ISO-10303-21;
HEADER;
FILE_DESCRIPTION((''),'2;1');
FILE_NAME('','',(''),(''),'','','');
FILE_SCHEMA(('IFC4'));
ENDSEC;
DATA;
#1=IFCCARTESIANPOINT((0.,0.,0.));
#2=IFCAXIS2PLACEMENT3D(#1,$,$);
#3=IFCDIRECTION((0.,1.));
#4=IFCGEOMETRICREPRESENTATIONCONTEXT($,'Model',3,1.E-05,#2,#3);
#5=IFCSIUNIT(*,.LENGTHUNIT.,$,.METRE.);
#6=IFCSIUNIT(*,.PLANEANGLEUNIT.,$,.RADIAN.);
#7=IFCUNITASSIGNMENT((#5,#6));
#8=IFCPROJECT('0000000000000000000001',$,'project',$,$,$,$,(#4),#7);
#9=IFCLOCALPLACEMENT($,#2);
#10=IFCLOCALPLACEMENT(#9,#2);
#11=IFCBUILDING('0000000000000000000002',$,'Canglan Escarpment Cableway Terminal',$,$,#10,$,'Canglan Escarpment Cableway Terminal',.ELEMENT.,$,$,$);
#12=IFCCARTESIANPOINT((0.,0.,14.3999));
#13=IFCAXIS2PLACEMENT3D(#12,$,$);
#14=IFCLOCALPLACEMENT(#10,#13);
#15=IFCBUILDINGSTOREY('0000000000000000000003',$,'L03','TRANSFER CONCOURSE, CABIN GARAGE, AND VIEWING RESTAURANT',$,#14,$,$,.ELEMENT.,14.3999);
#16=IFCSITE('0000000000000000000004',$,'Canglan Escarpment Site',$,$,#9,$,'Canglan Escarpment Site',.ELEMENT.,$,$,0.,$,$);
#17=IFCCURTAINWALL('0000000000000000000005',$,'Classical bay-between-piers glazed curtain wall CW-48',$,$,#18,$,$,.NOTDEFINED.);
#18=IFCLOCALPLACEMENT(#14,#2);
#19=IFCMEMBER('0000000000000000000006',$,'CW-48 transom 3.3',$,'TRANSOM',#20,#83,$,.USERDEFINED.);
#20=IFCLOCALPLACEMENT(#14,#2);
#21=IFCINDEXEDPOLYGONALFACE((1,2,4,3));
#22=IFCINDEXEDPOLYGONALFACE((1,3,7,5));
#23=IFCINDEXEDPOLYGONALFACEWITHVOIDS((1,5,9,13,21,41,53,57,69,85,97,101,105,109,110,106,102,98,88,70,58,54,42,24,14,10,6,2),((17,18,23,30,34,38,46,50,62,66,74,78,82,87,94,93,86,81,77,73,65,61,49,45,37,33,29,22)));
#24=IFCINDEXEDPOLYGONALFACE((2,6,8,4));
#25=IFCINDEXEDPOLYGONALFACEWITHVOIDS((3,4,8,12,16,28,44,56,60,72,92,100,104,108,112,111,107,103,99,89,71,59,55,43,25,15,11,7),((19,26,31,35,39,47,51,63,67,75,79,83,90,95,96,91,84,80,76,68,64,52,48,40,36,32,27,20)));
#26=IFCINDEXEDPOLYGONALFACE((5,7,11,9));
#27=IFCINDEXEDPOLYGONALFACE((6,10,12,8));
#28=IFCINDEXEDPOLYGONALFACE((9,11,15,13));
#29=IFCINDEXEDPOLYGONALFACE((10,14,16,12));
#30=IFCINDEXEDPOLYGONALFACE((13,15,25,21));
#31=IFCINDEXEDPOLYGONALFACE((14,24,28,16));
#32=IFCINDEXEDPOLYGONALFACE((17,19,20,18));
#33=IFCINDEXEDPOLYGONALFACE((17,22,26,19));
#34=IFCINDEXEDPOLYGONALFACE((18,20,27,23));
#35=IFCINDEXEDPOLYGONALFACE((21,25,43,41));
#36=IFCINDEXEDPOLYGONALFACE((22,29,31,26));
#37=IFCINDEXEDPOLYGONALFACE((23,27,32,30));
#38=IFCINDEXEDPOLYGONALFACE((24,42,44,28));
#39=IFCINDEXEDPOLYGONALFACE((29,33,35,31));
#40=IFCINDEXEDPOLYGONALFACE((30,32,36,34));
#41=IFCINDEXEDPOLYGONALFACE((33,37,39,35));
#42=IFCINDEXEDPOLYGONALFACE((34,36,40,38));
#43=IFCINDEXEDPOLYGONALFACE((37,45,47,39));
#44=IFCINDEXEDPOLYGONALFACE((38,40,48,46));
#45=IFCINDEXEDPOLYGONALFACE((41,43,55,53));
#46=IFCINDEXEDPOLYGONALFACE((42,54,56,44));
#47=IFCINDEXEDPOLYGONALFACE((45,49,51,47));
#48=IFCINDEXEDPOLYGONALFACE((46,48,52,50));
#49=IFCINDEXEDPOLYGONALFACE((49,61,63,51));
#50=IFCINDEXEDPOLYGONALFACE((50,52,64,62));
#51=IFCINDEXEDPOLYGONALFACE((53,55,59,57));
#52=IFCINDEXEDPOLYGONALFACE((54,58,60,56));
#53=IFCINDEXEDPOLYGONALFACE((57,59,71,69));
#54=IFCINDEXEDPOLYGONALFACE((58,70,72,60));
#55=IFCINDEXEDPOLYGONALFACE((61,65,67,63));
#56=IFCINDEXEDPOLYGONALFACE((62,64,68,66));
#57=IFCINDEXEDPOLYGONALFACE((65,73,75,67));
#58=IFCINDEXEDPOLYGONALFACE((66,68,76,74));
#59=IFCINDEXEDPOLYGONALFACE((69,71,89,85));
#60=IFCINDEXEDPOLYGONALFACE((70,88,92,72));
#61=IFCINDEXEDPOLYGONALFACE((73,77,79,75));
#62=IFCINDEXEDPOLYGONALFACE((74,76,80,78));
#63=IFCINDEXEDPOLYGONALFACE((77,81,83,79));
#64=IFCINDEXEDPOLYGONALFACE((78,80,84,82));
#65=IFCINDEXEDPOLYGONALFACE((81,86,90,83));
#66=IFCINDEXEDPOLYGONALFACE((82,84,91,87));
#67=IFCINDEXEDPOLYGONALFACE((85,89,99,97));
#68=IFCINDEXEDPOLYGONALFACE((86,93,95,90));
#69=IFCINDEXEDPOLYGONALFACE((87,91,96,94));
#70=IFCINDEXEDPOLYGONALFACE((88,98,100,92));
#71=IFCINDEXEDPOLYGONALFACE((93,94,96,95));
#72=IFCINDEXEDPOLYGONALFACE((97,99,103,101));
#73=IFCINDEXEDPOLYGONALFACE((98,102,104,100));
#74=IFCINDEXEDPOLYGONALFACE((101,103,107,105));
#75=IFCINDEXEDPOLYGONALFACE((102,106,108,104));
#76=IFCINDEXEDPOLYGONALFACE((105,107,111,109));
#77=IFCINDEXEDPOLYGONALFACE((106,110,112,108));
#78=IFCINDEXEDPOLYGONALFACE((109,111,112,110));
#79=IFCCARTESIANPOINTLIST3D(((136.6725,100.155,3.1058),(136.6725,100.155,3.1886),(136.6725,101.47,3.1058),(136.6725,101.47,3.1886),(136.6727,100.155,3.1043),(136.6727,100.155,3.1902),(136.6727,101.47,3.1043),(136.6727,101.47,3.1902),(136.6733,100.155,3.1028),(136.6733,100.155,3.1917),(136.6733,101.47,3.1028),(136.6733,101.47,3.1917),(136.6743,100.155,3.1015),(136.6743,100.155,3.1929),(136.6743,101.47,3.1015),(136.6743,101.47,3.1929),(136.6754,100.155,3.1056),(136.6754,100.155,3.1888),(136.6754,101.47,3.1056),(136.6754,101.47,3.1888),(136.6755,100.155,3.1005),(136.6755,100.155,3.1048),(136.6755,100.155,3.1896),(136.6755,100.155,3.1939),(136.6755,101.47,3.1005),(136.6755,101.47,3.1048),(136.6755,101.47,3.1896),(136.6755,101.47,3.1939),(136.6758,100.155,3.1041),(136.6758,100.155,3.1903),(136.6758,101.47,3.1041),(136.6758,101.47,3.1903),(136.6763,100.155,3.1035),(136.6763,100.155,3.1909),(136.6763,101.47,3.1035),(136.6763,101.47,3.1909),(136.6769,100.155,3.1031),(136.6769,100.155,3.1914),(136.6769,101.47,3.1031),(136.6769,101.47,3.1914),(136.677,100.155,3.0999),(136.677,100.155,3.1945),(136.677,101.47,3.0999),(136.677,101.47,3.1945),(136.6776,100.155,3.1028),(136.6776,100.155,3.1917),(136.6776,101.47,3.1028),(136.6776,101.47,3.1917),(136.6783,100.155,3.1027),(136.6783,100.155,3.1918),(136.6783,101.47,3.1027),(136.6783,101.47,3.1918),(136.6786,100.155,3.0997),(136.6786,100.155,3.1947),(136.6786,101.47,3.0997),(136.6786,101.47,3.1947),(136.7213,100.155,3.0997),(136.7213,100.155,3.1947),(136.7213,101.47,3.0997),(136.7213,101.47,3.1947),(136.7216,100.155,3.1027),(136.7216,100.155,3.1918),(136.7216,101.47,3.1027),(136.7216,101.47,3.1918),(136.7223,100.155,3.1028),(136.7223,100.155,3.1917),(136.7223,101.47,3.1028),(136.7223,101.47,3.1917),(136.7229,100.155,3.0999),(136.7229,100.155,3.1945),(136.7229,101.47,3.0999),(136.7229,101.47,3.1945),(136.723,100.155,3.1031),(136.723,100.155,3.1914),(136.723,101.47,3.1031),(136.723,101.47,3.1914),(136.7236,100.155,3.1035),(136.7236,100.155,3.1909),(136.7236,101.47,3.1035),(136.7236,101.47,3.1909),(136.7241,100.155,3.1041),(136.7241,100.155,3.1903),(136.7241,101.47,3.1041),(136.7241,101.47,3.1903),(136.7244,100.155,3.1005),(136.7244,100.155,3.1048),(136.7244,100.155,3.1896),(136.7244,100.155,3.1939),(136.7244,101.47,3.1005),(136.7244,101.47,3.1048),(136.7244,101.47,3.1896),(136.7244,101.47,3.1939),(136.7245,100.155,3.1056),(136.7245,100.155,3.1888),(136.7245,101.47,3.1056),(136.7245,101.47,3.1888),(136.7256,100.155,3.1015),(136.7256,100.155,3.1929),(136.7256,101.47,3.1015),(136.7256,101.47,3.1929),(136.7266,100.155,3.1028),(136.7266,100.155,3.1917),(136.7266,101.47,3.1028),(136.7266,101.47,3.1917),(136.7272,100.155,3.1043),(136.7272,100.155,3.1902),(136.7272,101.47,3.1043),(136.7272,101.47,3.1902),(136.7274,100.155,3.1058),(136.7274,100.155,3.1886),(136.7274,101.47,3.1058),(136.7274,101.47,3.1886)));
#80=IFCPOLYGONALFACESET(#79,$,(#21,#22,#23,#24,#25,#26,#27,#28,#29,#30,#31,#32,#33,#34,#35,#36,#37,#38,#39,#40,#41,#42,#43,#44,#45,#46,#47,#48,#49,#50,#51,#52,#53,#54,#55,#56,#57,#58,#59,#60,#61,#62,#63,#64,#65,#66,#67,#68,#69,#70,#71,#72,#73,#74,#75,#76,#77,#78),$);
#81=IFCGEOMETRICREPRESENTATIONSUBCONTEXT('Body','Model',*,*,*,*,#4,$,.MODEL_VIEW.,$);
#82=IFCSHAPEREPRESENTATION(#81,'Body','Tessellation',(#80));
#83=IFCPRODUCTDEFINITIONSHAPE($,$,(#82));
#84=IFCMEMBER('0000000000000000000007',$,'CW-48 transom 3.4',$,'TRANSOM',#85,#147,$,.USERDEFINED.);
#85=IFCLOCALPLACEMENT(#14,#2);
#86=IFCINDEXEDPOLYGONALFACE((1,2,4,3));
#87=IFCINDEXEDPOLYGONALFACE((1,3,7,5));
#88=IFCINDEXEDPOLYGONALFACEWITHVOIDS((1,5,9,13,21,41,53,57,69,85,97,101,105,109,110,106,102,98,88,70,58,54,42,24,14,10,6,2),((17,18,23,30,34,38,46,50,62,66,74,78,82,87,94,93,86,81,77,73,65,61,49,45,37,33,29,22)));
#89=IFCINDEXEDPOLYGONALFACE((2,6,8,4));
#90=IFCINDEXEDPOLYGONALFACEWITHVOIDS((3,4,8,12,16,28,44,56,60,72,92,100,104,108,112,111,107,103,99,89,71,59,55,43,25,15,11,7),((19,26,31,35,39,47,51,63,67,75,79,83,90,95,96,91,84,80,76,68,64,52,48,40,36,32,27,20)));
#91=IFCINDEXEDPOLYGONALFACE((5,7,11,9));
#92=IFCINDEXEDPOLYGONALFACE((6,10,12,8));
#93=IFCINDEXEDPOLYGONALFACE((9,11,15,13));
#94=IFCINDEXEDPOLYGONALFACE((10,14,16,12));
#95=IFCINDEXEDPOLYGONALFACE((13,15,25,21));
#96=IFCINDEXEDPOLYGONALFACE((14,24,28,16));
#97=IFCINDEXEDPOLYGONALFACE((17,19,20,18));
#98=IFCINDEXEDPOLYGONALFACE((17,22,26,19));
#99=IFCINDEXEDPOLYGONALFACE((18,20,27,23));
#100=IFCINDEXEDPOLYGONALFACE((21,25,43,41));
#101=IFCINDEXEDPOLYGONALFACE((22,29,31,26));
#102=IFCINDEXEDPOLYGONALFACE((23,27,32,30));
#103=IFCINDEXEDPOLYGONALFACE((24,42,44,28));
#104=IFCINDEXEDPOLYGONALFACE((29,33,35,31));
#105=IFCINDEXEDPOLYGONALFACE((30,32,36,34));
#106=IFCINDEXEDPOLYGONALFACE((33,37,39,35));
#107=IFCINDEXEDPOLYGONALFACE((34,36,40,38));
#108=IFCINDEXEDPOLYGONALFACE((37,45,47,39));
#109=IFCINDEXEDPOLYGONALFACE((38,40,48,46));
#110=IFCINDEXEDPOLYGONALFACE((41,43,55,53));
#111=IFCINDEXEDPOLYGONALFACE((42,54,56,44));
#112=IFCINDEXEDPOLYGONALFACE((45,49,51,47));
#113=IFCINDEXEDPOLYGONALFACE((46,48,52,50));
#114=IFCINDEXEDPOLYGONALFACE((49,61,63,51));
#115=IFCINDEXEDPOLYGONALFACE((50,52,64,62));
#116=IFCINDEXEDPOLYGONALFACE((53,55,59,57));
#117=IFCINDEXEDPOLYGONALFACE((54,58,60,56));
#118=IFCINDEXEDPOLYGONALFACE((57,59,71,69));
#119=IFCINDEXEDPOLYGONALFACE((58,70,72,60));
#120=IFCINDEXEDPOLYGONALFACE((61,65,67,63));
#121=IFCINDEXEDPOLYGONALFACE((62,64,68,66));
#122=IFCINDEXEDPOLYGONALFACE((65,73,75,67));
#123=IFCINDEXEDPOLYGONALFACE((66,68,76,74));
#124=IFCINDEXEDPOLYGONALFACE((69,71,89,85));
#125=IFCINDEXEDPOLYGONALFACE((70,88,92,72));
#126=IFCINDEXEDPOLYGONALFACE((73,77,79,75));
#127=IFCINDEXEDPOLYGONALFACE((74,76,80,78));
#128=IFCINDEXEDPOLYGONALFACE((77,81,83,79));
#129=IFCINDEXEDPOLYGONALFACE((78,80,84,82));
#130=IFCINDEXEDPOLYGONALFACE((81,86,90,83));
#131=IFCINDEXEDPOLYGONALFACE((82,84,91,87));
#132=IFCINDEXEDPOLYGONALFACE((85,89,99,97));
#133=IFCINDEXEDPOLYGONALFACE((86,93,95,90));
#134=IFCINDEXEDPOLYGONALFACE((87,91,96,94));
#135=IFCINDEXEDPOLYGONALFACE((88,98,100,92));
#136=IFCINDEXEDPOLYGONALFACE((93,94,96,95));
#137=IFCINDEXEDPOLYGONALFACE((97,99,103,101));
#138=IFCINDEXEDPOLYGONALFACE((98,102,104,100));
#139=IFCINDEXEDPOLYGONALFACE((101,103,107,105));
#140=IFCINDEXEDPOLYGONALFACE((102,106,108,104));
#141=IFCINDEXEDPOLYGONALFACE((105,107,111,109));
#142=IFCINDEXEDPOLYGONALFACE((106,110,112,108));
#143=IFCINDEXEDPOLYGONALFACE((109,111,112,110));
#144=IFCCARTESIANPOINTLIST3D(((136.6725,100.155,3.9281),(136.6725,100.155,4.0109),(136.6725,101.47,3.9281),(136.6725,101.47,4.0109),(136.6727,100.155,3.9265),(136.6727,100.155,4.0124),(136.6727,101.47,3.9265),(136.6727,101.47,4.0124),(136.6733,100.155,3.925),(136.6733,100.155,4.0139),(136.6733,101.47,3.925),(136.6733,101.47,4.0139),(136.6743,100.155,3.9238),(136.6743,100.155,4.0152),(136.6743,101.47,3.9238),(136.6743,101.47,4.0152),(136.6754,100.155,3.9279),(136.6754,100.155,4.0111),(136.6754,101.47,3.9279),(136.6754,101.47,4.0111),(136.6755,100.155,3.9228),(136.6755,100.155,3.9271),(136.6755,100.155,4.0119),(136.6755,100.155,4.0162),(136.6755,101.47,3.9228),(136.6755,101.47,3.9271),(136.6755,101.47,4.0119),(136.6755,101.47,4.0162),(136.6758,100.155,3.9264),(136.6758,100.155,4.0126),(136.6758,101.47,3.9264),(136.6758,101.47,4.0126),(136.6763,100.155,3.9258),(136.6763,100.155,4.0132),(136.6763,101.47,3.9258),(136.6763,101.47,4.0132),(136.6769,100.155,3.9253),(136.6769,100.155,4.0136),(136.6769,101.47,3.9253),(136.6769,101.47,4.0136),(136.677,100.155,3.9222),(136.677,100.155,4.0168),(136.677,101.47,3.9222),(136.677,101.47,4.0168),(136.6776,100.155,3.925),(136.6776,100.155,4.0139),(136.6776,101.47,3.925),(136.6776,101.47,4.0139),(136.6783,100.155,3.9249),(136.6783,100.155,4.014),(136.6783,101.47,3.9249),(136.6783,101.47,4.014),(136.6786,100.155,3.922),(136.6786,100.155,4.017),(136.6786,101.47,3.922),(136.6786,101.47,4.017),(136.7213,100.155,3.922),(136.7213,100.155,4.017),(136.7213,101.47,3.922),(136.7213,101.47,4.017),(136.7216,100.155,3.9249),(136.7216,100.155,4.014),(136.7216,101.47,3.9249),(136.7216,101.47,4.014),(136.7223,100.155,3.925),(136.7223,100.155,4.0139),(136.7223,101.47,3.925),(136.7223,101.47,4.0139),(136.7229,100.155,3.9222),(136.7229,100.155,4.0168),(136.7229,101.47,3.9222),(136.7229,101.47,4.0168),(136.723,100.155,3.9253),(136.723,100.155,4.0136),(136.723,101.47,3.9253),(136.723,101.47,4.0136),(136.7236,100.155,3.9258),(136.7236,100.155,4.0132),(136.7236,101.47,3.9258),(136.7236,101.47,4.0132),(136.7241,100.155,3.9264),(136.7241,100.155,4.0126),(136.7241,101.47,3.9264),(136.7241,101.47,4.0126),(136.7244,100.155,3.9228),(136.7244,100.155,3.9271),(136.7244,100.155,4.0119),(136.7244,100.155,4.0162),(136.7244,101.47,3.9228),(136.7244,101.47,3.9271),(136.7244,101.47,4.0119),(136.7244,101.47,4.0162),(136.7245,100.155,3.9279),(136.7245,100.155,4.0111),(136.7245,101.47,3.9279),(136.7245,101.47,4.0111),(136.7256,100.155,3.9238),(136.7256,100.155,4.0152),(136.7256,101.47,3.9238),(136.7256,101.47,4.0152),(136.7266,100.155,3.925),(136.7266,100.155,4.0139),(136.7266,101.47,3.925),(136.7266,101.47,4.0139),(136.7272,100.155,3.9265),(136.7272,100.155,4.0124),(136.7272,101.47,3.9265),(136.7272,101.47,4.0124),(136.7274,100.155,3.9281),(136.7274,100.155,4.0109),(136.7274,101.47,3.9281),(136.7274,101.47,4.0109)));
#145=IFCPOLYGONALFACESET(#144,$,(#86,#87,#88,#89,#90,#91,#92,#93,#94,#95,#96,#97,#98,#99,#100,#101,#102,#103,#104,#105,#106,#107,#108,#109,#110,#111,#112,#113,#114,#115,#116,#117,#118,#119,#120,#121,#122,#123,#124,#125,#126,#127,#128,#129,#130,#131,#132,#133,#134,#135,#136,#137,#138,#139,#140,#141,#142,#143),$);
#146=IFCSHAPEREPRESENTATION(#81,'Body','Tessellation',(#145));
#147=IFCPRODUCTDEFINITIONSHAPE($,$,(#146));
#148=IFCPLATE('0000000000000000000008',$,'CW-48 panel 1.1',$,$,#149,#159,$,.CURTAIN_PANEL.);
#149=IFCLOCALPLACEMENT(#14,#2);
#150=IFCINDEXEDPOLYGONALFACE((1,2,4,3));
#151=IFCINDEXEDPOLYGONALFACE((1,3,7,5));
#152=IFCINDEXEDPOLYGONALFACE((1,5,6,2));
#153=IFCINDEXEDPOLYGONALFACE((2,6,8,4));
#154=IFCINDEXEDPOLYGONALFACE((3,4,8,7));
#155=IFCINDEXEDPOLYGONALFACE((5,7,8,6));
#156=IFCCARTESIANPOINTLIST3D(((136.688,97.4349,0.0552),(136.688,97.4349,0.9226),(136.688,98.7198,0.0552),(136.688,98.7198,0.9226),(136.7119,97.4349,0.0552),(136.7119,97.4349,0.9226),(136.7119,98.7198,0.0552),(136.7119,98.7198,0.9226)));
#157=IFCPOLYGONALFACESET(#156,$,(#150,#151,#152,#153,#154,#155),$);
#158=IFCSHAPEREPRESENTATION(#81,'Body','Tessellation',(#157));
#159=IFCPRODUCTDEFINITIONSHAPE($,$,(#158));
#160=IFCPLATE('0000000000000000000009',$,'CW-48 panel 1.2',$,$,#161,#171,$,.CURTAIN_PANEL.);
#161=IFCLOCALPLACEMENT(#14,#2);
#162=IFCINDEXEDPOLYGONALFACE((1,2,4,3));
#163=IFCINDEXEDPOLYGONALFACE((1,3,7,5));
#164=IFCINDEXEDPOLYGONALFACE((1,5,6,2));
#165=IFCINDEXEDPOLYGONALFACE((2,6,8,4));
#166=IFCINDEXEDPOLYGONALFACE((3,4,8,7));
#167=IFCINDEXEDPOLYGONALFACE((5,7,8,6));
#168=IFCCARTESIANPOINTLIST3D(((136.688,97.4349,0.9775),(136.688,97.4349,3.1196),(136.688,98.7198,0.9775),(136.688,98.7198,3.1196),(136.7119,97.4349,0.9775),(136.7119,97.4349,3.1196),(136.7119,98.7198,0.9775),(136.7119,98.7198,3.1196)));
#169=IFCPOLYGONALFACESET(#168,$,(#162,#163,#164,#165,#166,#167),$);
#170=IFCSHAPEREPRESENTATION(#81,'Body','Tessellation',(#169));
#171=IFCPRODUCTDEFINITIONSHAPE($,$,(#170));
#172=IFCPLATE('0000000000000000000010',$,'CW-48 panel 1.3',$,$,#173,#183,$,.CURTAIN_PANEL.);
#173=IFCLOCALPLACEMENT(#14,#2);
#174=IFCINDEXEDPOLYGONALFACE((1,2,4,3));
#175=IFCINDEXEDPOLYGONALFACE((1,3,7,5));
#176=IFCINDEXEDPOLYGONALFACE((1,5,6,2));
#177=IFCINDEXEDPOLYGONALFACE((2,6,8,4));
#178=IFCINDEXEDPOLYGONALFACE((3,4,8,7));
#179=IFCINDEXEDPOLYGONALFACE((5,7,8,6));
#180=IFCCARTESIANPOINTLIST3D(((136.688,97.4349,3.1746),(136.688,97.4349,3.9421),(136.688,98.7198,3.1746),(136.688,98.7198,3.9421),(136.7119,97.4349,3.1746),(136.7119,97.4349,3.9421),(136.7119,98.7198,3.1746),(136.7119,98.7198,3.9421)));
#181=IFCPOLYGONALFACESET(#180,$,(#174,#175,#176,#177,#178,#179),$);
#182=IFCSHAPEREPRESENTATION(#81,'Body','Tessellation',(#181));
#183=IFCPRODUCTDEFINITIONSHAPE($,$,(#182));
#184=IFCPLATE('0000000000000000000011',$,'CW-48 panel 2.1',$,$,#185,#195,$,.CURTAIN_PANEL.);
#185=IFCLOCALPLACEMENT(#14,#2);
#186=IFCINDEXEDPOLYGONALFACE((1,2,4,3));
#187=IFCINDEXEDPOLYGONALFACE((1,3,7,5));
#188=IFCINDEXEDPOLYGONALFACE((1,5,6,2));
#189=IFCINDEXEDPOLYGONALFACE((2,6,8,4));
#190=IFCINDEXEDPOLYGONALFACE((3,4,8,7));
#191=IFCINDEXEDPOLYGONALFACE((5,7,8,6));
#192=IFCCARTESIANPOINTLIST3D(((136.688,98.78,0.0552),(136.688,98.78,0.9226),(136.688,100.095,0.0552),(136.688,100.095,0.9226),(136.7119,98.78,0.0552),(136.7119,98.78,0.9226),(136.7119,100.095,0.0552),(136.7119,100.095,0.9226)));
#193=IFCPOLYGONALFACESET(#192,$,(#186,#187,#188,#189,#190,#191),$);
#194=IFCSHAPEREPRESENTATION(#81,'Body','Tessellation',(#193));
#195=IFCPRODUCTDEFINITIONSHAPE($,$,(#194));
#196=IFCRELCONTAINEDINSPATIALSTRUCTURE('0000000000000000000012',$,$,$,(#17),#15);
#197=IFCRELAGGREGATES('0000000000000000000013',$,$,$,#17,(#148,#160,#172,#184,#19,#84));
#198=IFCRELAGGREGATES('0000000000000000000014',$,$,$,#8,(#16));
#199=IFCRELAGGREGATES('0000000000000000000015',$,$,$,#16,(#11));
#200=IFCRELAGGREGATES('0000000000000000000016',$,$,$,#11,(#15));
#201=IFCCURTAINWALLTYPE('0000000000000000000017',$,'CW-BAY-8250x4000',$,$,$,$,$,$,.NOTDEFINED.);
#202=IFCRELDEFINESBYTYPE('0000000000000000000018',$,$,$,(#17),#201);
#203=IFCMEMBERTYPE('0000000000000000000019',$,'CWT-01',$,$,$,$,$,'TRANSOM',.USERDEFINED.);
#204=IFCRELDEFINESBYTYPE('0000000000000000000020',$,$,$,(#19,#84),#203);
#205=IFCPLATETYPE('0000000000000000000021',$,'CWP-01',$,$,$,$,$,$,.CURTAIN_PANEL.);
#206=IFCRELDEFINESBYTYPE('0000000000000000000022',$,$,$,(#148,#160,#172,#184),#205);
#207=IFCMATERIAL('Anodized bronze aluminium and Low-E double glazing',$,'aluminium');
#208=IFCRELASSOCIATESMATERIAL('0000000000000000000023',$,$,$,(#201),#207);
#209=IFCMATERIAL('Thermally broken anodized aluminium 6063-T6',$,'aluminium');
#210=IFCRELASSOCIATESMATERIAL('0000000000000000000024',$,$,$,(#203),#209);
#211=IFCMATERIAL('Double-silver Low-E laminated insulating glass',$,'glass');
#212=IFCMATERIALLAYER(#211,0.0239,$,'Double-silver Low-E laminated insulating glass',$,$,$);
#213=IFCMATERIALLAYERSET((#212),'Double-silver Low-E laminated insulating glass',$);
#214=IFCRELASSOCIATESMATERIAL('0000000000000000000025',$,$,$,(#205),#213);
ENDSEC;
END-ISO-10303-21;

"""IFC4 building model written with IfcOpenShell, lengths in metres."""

from ifc_helpers import new_model, si_unit, direction, frame, origin, origin_2d, place, context, subcontext, project, spatial, rectangle, hollow_rectangle, extrude, material, layer, layer_set, material_profile, profile_set, type_object, element, aggregate, save


model = new_model("IFC4")

# Units and contexts
model_context = context("Model", 3, precision=1e-05, world=origin(), true_north=direction((0.0, 1.0)))
body_context = subcontext(model_context, "Body", "Model", "MODEL_VIEW")
ifc_project = project(units=[si_unit("LENGTHUNIT", "METRE"), si_unit("PLANEANGLEUNIT", "RADIAN")], contexts=[model_context])

# Site, building, storey
site_placement = place(None, origin())
site = spatial("IfcSite", under=ifc_project, at=site_placement, Name="Canglan Escarpment Site", LongName="Canglan Escarpment Site", CompositionType="ELEMENT", RefElevation=0.0)
building_placement = place(site_placement, origin())
building = spatial("IfcBuilding", under=site, at=building_placement, Name="Canglan Escarpment Cableway Terminal", LongName="Canglan Escarpment Cableway Terminal", CompositionType="ELEMENT")
storey_placement = place(building_placement, frame((0.0, 0.0, 14.3999)))
storey = spatial("IfcBuildingStorey", under=building, at=storey_placement, Name="L03", Description="TRANSFER CONCOURSE, CABIN GARAGE, AND VIEWING RESTAURANT", CompositionType="ELEMENT", Elevation=14.3999)

# Curtain wall, members, plates
ifc_material_1 = material(Name="Anodized bronze aluminium and Low-E double glazing", Category="aluminium")
curtain_wall_type = type_object("IfcCurtainWallType", Name="CW-BAY-8250x4000", PredefinedType="NOTDEFINED", material=ifc_material_1)
curtain_wall_placement = place(storey_placement, origin())
curtain_wall = element("IfcCurtainWall", 1, at=curtain_wall_placement, inside=storey, type_object=curtain_wall_type, Name="Classical bay-between-piers glazed curtain wall CW-48", PredefinedType="NOTDEFINED")
ifc_material_2 = material(Name="Thermally broken anodized aluminium 6063-T6", Category="aluminium")
ifc_material_profile_1 = material_profile(ifc_material_2, hollow_rectangle(XDim=0.0549, YDim=0.095, WallThickness=0.0029, InnerFilletRadius=0.0029, OuterFilletRadius=0.0061, at=origin_2d()), Name="ALU-TRAN 55x95x3")
ifc_profile_set_1 = profile_set([ifc_material_profile_1], Name="Thermally broken anodized aluminium 6063-T6")
member_type_1 = type_object("IfcMemberType", Name="CWT-01", ElementType="TRANSOM", PredefinedType="USERDEFINED", material=ifc_profile_set_1)
member_1_placement = place(storey_placement, frame((136.7, 100.155, 3.1472), z_axis=(0.0, 1.0, 0.0), x_axis=(-1.0, 0.0, 0.0)))
member_1 = element("IfcMember", 2, at=member_1_placement, type_object=member_type_1, Name="CW-48 transom 3.3", ObjectType="TRANSOM", PredefinedType="USERDEFINED", context=body_context, shape_type="SweptSolid", body=[
    extrude(hollow_rectangle(XDim=0.0549, YDim=0.095, WallThickness=0.0029, InnerFilletRadius=0.0029, OuterFilletRadius=0.0061, at=origin_2d()), origin(), (0.0, 0.0, 1.0), 1.3149),
])
member_2_placement = place(storey_placement, frame((136.7, 100.155, 3.9695), z_axis=(0.0, 1.0, 0.0), x_axis=(-1.0, 0.0, 0.0)))
member_2 = element("IfcMember", 3, at=member_2_placement, type_object=member_type_1, Name="CW-48 transom 3.4", ObjectType="TRANSOM", PredefinedType="USERDEFINED", context=body_context, shape_type="SweptSolid", body=[
    extrude(hollow_rectangle(XDim=0.0549, YDim=0.095, WallThickness=0.0029, InnerFilletRadius=0.0029, OuterFilletRadius=0.0061, at=origin_2d()), origin(), (0.0, 0.0, 1.0), 1.3149),
])
ifc_material_3 = material(Name="Double-silver Low-E laminated insulating glass", Category="glass")
ifc_layer_1 = layer(ifc_material_3, 0.0239, Name="Double-silver Low-E laminated insulating glass")
ifc_layer_set_1 = layer_set([ifc_layer_1], Name="Double-silver Low-E laminated insulating glass")
plate_type = type_object("IfcPlateType", Name="CWP-01", PredefinedType="CURTAIN_PANEL", material=ifc_layer_set_1)
plate_1_placement = place(storey_placement, frame((136.7, 98.0774, 0.0552), z_axis=(0.0, 0.0, 1.0), x_axis=(0.0, 1.0, 0.0)))
plate_1 = element("IfcPlate", 4, at=plate_1_placement, type_object=plate_type, Name="CW-48 panel 1.1", PredefinedType="CURTAIN_PANEL", context=body_context, shape_type="SweptSolid", body=[
    extrude(rectangle(XDim=1.2849, YDim=0.0239, at=origin_2d()), origin(), (0.0, 0.0, 1.0), 0.8674),
])
plate_2_placement = place(storey_placement, frame((136.7, 98.0774, 0.9775), z_axis=(0.0, 0.0, 1.0), x_axis=(0.0, 1.0, 0.0)))
plate_2 = element("IfcPlate", 5, at=plate_2_placement, type_object=plate_type, Name="CW-48 panel 1.2", PredefinedType="CURTAIN_PANEL", context=body_context, shape_type="SweptSolid", body=[
    extrude(rectangle(XDim=1.2849, YDim=0.0239, at=origin_2d()), origin(), (0.0, 0.0, 1.0), 2.1421),
])
plate_3_placement = place(storey_placement, frame((136.7, 98.0774, 3.1746), z_axis=(0.0, 0.0, 1.0), x_axis=(0.0, 1.0, 0.0)))
plate_3 = element("IfcPlate", 6, at=plate_3_placement, type_object=plate_type, Name="CW-48 panel 1.3", PredefinedType="CURTAIN_PANEL", context=body_context, shape_type="SweptSolid", body=[
    extrude(rectangle(XDim=1.2849, YDim=0.0239, at=origin_2d()), origin(), (0.0, 0.0, 1.0), 0.7676),
])
plate_4_placement = place(storey_placement, frame((136.7, 99.4375, 0.0552), z_axis=(0.0, 0.0, 1.0), x_axis=(0.0, 1.0, 0.0)))
plate_4 = element("IfcPlate", 7, at=plate_4_placement, type_object=plate_type, Name="CW-48 panel 2.1", PredefinedType="CURTAIN_PANEL", context=body_context, shape_type="SweptSolid", body=[
    extrude(rectangle(XDim=1.3149, YDim=0.0239, at=origin_2d()), origin(), (0.0, 0.0, 1.0), 0.8674),
])
aggregate(curtain_wall, [plate_1, plate_2, plate_3, plate_4, member_1, member_2])

save(model, "model.ifc")
